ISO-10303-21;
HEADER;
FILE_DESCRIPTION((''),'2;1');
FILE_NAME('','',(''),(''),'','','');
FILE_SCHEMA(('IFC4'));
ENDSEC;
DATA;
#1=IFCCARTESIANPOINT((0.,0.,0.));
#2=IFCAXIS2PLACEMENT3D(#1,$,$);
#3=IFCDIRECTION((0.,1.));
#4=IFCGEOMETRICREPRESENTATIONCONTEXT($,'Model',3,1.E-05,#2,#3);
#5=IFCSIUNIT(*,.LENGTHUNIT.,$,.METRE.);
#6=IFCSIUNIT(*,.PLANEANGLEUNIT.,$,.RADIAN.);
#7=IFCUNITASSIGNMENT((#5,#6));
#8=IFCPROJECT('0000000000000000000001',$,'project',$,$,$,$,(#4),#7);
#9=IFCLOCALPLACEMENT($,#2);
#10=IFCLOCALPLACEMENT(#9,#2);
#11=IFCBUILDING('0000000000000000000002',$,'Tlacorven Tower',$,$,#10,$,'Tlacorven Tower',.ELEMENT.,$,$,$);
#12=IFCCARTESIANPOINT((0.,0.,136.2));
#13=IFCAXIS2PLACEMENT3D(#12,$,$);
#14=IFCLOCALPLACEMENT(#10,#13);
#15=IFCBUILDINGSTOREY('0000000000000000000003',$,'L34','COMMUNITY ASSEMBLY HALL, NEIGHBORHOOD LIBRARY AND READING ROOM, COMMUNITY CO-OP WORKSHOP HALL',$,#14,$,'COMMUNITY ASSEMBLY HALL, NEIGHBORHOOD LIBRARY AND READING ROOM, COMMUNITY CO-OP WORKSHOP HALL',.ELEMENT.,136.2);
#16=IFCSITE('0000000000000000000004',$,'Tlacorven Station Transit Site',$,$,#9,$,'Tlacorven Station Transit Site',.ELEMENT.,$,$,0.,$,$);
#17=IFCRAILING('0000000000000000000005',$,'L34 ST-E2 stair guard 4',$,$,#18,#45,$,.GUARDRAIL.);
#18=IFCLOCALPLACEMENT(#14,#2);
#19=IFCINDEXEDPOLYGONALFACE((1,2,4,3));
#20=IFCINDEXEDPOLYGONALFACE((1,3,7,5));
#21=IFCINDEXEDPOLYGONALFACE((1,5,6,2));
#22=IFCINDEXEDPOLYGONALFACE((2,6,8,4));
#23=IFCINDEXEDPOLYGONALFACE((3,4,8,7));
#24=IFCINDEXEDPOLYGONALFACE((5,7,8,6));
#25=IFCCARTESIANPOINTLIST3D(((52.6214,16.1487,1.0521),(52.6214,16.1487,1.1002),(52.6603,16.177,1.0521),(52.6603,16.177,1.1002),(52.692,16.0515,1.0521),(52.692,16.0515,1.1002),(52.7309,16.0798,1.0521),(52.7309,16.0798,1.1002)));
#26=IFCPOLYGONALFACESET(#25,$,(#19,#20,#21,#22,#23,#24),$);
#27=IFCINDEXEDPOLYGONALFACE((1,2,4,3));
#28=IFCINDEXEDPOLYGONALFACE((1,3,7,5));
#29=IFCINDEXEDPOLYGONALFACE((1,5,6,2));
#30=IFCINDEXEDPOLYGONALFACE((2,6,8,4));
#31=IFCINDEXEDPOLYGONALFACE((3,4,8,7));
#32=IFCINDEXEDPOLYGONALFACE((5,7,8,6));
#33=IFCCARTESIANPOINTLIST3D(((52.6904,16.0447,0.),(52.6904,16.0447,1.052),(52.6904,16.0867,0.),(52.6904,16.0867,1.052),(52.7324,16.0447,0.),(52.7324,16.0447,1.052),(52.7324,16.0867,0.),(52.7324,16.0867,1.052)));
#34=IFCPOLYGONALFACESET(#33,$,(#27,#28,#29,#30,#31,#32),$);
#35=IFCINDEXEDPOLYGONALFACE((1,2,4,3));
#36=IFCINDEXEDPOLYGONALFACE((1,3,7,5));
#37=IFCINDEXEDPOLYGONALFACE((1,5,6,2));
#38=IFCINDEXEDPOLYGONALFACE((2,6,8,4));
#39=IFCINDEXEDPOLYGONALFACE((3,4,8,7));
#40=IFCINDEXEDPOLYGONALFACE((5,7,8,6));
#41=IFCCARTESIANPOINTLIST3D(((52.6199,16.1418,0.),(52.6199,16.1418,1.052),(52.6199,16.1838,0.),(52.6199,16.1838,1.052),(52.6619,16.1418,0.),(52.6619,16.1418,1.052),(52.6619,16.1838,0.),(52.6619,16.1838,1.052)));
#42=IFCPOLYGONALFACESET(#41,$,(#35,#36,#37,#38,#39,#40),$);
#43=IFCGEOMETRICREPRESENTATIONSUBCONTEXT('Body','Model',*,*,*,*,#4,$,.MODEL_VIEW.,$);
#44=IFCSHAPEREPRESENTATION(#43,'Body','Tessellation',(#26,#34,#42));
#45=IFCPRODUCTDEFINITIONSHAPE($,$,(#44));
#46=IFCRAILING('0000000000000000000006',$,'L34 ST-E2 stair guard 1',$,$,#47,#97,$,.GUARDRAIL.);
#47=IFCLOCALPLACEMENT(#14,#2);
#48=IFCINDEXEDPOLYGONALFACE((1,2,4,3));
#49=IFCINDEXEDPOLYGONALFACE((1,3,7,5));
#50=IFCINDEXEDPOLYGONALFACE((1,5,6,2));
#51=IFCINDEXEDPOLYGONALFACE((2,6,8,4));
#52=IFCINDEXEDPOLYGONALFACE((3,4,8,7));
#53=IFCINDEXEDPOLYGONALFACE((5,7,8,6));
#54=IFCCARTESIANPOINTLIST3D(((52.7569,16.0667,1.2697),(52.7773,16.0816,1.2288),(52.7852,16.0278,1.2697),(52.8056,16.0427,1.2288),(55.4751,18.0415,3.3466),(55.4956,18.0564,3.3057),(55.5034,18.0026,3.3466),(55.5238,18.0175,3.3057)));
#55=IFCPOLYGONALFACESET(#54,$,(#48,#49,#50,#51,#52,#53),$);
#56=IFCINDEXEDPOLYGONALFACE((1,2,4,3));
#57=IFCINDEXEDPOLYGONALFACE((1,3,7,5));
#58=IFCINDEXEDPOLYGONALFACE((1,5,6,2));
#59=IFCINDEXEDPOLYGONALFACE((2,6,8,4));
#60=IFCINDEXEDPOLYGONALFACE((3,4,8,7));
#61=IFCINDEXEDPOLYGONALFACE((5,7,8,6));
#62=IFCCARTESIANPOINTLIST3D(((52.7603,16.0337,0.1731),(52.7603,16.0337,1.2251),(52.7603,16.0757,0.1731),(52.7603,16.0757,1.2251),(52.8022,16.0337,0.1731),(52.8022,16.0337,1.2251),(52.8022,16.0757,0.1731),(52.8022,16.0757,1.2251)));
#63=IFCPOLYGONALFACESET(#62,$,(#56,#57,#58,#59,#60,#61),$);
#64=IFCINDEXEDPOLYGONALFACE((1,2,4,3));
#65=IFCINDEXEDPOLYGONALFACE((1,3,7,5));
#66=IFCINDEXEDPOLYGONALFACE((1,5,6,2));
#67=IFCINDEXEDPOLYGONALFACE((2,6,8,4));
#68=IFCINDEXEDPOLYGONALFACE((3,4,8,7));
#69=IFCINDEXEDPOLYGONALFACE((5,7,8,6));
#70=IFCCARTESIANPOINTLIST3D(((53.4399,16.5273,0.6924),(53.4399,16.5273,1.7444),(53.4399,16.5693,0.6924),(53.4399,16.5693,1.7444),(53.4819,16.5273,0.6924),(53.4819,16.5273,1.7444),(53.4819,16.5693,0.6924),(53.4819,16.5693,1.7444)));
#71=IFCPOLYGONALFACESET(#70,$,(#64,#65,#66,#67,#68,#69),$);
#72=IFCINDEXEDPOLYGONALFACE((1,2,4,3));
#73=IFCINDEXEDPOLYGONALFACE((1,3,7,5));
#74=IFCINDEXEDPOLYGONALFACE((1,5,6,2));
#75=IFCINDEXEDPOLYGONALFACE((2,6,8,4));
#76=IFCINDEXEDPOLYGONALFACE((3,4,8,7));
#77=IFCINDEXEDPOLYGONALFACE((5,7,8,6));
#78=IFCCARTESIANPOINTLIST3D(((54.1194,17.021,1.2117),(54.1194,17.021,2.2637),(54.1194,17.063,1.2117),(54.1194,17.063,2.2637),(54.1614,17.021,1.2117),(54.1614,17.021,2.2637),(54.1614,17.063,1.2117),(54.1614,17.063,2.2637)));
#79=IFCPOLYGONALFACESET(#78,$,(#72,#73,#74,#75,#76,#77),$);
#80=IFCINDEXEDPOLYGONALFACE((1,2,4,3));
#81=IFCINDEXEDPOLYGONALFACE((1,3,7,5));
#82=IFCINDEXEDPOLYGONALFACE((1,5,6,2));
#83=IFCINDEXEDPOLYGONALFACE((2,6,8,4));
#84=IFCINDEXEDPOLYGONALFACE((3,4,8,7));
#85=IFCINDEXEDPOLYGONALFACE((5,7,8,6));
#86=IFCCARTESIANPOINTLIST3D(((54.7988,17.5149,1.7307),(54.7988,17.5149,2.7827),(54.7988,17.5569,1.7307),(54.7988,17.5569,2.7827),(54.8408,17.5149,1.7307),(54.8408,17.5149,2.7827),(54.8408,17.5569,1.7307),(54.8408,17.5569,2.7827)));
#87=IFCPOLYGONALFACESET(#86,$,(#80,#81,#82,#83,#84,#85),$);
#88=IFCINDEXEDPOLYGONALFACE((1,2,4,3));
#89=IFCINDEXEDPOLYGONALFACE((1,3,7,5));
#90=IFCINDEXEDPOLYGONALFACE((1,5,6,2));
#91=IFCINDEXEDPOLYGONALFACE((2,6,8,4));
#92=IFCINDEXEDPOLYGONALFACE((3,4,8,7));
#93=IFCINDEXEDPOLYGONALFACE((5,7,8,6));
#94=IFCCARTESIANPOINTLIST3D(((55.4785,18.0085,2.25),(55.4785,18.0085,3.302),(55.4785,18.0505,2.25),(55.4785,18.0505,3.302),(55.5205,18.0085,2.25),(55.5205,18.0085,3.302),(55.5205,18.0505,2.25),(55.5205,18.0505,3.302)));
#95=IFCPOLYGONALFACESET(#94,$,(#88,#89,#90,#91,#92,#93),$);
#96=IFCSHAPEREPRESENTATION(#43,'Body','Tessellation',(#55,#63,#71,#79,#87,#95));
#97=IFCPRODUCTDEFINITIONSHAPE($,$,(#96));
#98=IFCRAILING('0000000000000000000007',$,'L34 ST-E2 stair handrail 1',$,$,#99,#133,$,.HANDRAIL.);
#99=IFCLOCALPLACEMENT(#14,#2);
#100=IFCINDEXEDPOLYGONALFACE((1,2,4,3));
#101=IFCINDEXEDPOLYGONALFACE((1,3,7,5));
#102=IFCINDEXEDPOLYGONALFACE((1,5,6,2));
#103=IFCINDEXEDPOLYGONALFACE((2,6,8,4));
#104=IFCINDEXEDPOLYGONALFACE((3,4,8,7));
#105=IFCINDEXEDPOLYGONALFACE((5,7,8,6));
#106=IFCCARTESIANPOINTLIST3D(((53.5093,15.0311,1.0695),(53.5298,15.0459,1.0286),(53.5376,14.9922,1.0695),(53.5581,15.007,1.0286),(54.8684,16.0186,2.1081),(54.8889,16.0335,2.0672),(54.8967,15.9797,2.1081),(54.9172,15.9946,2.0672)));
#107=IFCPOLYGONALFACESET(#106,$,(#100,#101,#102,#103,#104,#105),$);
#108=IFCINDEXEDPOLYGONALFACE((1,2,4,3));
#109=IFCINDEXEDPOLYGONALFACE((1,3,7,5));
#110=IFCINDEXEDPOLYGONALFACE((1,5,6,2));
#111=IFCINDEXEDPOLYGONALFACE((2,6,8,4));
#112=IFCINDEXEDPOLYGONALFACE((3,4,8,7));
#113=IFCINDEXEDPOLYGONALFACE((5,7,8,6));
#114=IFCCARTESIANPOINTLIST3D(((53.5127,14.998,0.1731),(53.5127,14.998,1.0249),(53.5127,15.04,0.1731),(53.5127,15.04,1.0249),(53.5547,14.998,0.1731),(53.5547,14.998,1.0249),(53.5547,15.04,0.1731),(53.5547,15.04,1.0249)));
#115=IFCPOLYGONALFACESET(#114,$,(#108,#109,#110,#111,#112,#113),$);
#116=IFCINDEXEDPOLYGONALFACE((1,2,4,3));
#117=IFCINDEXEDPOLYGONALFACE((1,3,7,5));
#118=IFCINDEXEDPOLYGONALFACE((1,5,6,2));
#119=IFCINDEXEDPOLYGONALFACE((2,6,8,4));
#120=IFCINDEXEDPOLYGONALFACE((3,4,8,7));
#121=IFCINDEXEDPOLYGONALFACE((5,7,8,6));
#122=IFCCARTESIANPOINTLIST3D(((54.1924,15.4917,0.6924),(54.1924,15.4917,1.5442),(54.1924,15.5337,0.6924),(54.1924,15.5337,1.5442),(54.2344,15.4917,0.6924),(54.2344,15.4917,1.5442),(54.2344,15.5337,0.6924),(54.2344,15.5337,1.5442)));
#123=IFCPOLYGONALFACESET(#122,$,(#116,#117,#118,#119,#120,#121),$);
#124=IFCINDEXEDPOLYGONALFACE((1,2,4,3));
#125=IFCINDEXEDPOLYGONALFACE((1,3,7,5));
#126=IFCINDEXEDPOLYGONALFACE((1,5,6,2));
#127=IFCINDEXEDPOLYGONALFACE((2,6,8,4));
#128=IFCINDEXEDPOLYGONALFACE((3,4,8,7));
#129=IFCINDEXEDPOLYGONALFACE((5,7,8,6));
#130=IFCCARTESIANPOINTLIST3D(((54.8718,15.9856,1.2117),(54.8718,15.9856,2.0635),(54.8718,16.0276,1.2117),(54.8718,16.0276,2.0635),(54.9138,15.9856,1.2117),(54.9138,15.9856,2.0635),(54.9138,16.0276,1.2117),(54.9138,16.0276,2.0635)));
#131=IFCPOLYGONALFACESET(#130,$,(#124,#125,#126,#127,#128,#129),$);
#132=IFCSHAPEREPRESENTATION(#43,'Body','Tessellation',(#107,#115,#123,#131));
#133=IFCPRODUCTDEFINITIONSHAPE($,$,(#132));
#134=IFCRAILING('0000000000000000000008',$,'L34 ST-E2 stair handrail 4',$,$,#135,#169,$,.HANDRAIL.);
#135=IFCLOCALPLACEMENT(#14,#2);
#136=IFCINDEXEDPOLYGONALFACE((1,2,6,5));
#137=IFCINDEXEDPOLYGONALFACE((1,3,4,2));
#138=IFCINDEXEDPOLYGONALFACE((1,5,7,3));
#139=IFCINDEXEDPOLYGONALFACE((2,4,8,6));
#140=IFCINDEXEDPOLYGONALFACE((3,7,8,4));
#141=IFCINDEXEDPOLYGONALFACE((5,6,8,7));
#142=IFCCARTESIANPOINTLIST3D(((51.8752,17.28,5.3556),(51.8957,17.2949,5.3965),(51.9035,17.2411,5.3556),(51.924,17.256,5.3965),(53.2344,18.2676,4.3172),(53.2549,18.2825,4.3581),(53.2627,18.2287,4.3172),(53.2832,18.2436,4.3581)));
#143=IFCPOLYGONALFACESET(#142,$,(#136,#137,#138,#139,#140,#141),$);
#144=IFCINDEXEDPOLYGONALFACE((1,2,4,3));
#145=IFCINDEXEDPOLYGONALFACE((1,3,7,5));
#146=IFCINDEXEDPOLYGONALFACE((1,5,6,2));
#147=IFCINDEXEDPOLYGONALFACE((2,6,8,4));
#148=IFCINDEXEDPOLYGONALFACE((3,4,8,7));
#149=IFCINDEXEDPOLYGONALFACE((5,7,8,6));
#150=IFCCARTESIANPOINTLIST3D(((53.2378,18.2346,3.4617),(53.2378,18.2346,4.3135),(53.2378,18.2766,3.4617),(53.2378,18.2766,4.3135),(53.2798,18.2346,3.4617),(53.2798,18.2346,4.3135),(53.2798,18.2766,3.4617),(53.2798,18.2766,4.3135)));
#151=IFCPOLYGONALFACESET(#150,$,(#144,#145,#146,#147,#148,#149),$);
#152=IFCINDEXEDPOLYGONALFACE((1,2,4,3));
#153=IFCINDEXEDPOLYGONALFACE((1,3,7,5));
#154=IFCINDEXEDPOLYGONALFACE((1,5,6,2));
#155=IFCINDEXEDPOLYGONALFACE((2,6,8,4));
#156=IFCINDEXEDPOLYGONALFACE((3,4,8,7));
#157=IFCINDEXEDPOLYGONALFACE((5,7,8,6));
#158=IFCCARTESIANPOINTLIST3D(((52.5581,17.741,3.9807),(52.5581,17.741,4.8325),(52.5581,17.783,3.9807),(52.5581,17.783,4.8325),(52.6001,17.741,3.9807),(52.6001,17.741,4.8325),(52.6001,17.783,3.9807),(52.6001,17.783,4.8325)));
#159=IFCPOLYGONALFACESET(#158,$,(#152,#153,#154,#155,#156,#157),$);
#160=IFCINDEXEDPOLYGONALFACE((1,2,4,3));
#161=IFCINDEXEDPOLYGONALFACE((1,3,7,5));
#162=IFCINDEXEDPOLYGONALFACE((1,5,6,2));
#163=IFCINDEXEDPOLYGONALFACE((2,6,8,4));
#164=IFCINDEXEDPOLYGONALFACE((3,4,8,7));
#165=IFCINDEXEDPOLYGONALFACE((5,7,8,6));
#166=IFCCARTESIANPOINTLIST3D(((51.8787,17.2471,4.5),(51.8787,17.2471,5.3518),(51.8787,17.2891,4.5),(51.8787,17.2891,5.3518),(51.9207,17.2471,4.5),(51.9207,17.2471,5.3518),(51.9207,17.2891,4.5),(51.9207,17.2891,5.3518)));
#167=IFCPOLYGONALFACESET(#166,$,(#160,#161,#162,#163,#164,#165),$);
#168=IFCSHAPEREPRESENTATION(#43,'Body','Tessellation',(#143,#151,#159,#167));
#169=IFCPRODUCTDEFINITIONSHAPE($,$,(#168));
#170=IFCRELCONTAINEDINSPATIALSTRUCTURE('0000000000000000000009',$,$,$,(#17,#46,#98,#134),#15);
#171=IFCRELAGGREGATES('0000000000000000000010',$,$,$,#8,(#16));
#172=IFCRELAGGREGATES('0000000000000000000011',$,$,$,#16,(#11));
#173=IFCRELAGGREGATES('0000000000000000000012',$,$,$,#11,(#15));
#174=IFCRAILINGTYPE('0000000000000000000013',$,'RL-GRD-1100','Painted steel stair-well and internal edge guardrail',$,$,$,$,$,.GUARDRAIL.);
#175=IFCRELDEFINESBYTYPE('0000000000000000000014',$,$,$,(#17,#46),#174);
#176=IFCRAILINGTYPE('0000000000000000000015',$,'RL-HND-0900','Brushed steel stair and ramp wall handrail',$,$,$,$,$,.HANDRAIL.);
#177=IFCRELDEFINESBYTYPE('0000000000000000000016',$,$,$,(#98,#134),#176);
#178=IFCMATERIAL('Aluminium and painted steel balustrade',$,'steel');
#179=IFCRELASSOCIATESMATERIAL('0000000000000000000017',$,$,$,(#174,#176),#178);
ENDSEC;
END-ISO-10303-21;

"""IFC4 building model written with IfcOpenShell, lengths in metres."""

from ifc_helpers import new_model, si_unit, direction, frame, origin, origin_2d, place, context, subcontext, project, spatial, rectangle, extrude, source, transform, mapped, material, type_object, element, save


model = new_model("IFC4")

# Units and contexts
model_context = context("Model", 3, precision=1e-05, world=origin(), true_north=direction((0.0, 1.0)))
body_context = subcontext(model_context, "Body", "Model", "MODEL_VIEW")
ifc_project = project(units=[si_unit("LENGTHUNIT", "METRE"), si_unit("PLANEANGLEUNIT", "RADIAN")], contexts=[model_context])

# Site, building, storey
site_placement = place(None, origin())
site = spatial("IfcSite", under=ifc_project, at=site_placement, Name="Tlacorven Station Transit Site", LongName="Tlacorven Station Transit Site", CompositionType="ELEMENT", RefElevation=0.0)
building_placement = place(site_placement, origin())
building = spatial("IfcBuilding", under=site, at=building_placement, Name="Tlacorven Tower", LongName="Tlacorven Tower", CompositionType="ELEMENT")
storey_placement = place(building_placement, frame((0.0, 0.0, 136.2)))
storey = spatial("IfcBuildingStorey", under=building, at=storey_placement, Name="L34", Description="COMMUNITY ASSEMBLY HALL, NEIGHBORHOOD LIBRARY AND READING ROOM, COMMUNITY CO-OP WORKSHOP HALL", LongName="COMMUNITY ASSEMBLY HALL, NEIGHBORHOOD LIBRARY AND READING ROOM, COMMUNITY CO-OP WORKSHOP HALL", CompositionType="ELEMENT", Elevation=136.2)

# Railings
ifc_material_1 = material(Name="Aluminium and painted steel balustrade", Category="steel")
railing_type_1 = type_object("IfcRailingType", Name="RL-GRD-1100", Description="Painted steel stair-well and internal edge guardrail", PredefinedType="GUARDRAIL", material=ifc_material_1)
shared_shape_1 = source(origin(), body_context, "Body", "SweptSolid", [
    extrude(rectangle(XDim=0.0481, YDim=0.0481, at=origin_2d()), frame((0.0, 0.0, 1.0762), z_axis=(-0.587567, 0.809175, 0.0), x_axis=(-0.809175, -0.587567, 0.0)), (0.0, 0.0, 1.0), 0.1201),
    extrude(rectangle(XDim=0.042, YDim=0.042, at=origin_2d()), origin(), (0.0, 0.0, 1.0), 1.052),
    extrude(rectangle(XDim=0.042, YDim=0.042, at=origin_2d()), frame((-0.0706, 0.0972, 0.0)), (0.0, 0.0, 1.0), 1.052),
])
railing_1_placement = place(storey_placement, frame((52.7114, 16.0657, 0.0)))
element("IfcRailing", 1, at=railing_1_placement, inside=storey, type_object=railing_type_1, Name="L34 ST-E2 stair guard 4", PredefinedType="GUARDRAIL", context=body_context, shape_type="MappedRepresentation", body=[
    mapped(shared_shape_1, transform((0.0, 0.0, 0.0), scale=1.0)),
])
shared_shape_2 = source(origin(), body_context, "Body", "SweptSolid", [
    extrude(rectangle(XDim=0.0481, YDim=0.0481, at=origin_2d()), frame((0.0, 0.0, 1.0762), z_axis=(0.688167, 0.499963, 0.525798), x_axis=(-0.58777, 0.809028, 0.0)), (0.0, 0.0, 1.0), 3.95),
    extrude(rectangle(XDim=0.042, YDim=0.042, at=origin_2d()), origin(), (0.0, 0.0, 1.0), 1.052),
    extrude(rectangle(XDim=0.042, YDim=0.042, at=origin_2d()), frame((0.6797, 0.4937, 0.5193)), (0.0, 0.0, 1.0), 1.052),
    extrude(rectangle(XDim=0.042, YDim=0.042, at=origin_2d()), frame((1.3591, 0.9873, 1.0386)), (0.0, 0.0, 1.0), 1.052),
    extrude(rectangle(XDim=0.042, YDim=0.042, at=origin_2d()), frame((2.0386, 1.4812, 1.5576)), (0.0, 0.0, 1.0), 1.052),
    extrude(rectangle(XDim=0.042, YDim=0.042, at=origin_2d()), frame((2.7183, 1.9749, 2.0769)), (0.0, 0.0, 1.0), 1.052),
])
railing_2_placement = place(storey_placement, frame((52.7812, 16.0547, 0.1731)))
element("IfcRailing", 2, at=railing_2_placement, inside=storey, type_object=railing_type_1, Name="L34 ST-E2 stair guard 1", PredefinedType="GUARDRAIL", context=body_context, shape_type="MappedRepresentation", body=[
    mapped(shared_shape_2, transform((0.0, 0.0, 0.0), scale=1.0)),
])
railing_type_2 = type_object("IfcRailingType", Name="RL-HND-0900", Description="Brushed steel stair and ramp wall handrail", PredefinedType="HANDRAIL", material=ifc_material_1)
shared_shape_3 = source(origin(), body_context, "Body", "SweptSolid", [
    extrude(rectangle(XDim=0.0481, YDim=0.0481, at=origin_2d()), frame((0.0, 0.0, 0.876), z_axis=(0.688123, 0.499993, 0.525827), x_axis=(-0.587817, 0.808994, 0.0)), (0.0, 0.0, 1.0), 1.9751),
    extrude(rectangle(XDim=0.042, YDim=0.042, at=origin_2d()), origin(), (0.0, 0.0, 1.0), 0.8518),
    extrude(rectangle(XDim=0.042, YDim=0.042, at=origin_2d()), frame((0.6797, 0.4937, 0.5193)), (0.0, 0.0, 1.0), 0.8518),
    extrude(rectangle(XDim=0.042, YDim=0.042, at=origin_2d()), frame((1.3591, 0.9875, 1.0386)), (0.0, 0.0, 1.0), 0.8518),
])
railing_3_placement = place(storey_placement, frame((53.5337, 15.019, 0.1731)))
element("IfcRailing", 3, at=railing_3_placement, inside=storey, type_object=railing_type_2, Name="L34 ST-E2 stair handrail 1", PredefinedType="HANDRAIL", context=body_context, shape_type="MappedRepresentation", body=[
    mapped(shared_shape_3, transform((0.0, 0.0, 0.0), scale=1.0)),
])
shared_shape_4 = source(origin(), body_context, "Body", "SweptSolid", [
    extrude(rectangle(XDim=0.0481, YDim=0.0481, at=origin_2d()), frame((0.0, 0.0, 0.876), z_axis=(-0.688168, -0.500025, 0.525737), x_axis=(0.587817, -0.808994, 0.0)), (0.0, 0.0, 1.0), 1.9751),
    extrude(rectangle(XDim=0.042, YDim=0.042, at=origin_2d()), origin(), (0.0, 0.0, 1.0), 0.8518),
    extrude(rectangle(XDim=0.042, YDim=0.042, at=origin_2d()), frame((-0.6797, -0.4937, 0.519)), (0.0, 0.0, 1.0), 0.8518),
    extrude(rectangle(XDim=0.042, YDim=0.042, at=origin_2d()), frame((-1.3591, -0.9875, 1.0383)), (0.0, 0.0, 1.0), 0.8518),
])
railing_4_placement = place(storey_placement, frame((53.2588, 18.2556, 3.4617)))
element("IfcRailing", 4, at=railing_4_placement, inside=storey, type_object=railing_type_2, Name="L34 ST-E2 stair handrail 4", PredefinedType="HANDRAIL", context=body_context, shape_type="MappedRepresentation", body=[
    mapped(shared_shape_4, transform((0.0, 0.0, 0.0), scale=1.0)),
])

save(model, "model.ifc")
